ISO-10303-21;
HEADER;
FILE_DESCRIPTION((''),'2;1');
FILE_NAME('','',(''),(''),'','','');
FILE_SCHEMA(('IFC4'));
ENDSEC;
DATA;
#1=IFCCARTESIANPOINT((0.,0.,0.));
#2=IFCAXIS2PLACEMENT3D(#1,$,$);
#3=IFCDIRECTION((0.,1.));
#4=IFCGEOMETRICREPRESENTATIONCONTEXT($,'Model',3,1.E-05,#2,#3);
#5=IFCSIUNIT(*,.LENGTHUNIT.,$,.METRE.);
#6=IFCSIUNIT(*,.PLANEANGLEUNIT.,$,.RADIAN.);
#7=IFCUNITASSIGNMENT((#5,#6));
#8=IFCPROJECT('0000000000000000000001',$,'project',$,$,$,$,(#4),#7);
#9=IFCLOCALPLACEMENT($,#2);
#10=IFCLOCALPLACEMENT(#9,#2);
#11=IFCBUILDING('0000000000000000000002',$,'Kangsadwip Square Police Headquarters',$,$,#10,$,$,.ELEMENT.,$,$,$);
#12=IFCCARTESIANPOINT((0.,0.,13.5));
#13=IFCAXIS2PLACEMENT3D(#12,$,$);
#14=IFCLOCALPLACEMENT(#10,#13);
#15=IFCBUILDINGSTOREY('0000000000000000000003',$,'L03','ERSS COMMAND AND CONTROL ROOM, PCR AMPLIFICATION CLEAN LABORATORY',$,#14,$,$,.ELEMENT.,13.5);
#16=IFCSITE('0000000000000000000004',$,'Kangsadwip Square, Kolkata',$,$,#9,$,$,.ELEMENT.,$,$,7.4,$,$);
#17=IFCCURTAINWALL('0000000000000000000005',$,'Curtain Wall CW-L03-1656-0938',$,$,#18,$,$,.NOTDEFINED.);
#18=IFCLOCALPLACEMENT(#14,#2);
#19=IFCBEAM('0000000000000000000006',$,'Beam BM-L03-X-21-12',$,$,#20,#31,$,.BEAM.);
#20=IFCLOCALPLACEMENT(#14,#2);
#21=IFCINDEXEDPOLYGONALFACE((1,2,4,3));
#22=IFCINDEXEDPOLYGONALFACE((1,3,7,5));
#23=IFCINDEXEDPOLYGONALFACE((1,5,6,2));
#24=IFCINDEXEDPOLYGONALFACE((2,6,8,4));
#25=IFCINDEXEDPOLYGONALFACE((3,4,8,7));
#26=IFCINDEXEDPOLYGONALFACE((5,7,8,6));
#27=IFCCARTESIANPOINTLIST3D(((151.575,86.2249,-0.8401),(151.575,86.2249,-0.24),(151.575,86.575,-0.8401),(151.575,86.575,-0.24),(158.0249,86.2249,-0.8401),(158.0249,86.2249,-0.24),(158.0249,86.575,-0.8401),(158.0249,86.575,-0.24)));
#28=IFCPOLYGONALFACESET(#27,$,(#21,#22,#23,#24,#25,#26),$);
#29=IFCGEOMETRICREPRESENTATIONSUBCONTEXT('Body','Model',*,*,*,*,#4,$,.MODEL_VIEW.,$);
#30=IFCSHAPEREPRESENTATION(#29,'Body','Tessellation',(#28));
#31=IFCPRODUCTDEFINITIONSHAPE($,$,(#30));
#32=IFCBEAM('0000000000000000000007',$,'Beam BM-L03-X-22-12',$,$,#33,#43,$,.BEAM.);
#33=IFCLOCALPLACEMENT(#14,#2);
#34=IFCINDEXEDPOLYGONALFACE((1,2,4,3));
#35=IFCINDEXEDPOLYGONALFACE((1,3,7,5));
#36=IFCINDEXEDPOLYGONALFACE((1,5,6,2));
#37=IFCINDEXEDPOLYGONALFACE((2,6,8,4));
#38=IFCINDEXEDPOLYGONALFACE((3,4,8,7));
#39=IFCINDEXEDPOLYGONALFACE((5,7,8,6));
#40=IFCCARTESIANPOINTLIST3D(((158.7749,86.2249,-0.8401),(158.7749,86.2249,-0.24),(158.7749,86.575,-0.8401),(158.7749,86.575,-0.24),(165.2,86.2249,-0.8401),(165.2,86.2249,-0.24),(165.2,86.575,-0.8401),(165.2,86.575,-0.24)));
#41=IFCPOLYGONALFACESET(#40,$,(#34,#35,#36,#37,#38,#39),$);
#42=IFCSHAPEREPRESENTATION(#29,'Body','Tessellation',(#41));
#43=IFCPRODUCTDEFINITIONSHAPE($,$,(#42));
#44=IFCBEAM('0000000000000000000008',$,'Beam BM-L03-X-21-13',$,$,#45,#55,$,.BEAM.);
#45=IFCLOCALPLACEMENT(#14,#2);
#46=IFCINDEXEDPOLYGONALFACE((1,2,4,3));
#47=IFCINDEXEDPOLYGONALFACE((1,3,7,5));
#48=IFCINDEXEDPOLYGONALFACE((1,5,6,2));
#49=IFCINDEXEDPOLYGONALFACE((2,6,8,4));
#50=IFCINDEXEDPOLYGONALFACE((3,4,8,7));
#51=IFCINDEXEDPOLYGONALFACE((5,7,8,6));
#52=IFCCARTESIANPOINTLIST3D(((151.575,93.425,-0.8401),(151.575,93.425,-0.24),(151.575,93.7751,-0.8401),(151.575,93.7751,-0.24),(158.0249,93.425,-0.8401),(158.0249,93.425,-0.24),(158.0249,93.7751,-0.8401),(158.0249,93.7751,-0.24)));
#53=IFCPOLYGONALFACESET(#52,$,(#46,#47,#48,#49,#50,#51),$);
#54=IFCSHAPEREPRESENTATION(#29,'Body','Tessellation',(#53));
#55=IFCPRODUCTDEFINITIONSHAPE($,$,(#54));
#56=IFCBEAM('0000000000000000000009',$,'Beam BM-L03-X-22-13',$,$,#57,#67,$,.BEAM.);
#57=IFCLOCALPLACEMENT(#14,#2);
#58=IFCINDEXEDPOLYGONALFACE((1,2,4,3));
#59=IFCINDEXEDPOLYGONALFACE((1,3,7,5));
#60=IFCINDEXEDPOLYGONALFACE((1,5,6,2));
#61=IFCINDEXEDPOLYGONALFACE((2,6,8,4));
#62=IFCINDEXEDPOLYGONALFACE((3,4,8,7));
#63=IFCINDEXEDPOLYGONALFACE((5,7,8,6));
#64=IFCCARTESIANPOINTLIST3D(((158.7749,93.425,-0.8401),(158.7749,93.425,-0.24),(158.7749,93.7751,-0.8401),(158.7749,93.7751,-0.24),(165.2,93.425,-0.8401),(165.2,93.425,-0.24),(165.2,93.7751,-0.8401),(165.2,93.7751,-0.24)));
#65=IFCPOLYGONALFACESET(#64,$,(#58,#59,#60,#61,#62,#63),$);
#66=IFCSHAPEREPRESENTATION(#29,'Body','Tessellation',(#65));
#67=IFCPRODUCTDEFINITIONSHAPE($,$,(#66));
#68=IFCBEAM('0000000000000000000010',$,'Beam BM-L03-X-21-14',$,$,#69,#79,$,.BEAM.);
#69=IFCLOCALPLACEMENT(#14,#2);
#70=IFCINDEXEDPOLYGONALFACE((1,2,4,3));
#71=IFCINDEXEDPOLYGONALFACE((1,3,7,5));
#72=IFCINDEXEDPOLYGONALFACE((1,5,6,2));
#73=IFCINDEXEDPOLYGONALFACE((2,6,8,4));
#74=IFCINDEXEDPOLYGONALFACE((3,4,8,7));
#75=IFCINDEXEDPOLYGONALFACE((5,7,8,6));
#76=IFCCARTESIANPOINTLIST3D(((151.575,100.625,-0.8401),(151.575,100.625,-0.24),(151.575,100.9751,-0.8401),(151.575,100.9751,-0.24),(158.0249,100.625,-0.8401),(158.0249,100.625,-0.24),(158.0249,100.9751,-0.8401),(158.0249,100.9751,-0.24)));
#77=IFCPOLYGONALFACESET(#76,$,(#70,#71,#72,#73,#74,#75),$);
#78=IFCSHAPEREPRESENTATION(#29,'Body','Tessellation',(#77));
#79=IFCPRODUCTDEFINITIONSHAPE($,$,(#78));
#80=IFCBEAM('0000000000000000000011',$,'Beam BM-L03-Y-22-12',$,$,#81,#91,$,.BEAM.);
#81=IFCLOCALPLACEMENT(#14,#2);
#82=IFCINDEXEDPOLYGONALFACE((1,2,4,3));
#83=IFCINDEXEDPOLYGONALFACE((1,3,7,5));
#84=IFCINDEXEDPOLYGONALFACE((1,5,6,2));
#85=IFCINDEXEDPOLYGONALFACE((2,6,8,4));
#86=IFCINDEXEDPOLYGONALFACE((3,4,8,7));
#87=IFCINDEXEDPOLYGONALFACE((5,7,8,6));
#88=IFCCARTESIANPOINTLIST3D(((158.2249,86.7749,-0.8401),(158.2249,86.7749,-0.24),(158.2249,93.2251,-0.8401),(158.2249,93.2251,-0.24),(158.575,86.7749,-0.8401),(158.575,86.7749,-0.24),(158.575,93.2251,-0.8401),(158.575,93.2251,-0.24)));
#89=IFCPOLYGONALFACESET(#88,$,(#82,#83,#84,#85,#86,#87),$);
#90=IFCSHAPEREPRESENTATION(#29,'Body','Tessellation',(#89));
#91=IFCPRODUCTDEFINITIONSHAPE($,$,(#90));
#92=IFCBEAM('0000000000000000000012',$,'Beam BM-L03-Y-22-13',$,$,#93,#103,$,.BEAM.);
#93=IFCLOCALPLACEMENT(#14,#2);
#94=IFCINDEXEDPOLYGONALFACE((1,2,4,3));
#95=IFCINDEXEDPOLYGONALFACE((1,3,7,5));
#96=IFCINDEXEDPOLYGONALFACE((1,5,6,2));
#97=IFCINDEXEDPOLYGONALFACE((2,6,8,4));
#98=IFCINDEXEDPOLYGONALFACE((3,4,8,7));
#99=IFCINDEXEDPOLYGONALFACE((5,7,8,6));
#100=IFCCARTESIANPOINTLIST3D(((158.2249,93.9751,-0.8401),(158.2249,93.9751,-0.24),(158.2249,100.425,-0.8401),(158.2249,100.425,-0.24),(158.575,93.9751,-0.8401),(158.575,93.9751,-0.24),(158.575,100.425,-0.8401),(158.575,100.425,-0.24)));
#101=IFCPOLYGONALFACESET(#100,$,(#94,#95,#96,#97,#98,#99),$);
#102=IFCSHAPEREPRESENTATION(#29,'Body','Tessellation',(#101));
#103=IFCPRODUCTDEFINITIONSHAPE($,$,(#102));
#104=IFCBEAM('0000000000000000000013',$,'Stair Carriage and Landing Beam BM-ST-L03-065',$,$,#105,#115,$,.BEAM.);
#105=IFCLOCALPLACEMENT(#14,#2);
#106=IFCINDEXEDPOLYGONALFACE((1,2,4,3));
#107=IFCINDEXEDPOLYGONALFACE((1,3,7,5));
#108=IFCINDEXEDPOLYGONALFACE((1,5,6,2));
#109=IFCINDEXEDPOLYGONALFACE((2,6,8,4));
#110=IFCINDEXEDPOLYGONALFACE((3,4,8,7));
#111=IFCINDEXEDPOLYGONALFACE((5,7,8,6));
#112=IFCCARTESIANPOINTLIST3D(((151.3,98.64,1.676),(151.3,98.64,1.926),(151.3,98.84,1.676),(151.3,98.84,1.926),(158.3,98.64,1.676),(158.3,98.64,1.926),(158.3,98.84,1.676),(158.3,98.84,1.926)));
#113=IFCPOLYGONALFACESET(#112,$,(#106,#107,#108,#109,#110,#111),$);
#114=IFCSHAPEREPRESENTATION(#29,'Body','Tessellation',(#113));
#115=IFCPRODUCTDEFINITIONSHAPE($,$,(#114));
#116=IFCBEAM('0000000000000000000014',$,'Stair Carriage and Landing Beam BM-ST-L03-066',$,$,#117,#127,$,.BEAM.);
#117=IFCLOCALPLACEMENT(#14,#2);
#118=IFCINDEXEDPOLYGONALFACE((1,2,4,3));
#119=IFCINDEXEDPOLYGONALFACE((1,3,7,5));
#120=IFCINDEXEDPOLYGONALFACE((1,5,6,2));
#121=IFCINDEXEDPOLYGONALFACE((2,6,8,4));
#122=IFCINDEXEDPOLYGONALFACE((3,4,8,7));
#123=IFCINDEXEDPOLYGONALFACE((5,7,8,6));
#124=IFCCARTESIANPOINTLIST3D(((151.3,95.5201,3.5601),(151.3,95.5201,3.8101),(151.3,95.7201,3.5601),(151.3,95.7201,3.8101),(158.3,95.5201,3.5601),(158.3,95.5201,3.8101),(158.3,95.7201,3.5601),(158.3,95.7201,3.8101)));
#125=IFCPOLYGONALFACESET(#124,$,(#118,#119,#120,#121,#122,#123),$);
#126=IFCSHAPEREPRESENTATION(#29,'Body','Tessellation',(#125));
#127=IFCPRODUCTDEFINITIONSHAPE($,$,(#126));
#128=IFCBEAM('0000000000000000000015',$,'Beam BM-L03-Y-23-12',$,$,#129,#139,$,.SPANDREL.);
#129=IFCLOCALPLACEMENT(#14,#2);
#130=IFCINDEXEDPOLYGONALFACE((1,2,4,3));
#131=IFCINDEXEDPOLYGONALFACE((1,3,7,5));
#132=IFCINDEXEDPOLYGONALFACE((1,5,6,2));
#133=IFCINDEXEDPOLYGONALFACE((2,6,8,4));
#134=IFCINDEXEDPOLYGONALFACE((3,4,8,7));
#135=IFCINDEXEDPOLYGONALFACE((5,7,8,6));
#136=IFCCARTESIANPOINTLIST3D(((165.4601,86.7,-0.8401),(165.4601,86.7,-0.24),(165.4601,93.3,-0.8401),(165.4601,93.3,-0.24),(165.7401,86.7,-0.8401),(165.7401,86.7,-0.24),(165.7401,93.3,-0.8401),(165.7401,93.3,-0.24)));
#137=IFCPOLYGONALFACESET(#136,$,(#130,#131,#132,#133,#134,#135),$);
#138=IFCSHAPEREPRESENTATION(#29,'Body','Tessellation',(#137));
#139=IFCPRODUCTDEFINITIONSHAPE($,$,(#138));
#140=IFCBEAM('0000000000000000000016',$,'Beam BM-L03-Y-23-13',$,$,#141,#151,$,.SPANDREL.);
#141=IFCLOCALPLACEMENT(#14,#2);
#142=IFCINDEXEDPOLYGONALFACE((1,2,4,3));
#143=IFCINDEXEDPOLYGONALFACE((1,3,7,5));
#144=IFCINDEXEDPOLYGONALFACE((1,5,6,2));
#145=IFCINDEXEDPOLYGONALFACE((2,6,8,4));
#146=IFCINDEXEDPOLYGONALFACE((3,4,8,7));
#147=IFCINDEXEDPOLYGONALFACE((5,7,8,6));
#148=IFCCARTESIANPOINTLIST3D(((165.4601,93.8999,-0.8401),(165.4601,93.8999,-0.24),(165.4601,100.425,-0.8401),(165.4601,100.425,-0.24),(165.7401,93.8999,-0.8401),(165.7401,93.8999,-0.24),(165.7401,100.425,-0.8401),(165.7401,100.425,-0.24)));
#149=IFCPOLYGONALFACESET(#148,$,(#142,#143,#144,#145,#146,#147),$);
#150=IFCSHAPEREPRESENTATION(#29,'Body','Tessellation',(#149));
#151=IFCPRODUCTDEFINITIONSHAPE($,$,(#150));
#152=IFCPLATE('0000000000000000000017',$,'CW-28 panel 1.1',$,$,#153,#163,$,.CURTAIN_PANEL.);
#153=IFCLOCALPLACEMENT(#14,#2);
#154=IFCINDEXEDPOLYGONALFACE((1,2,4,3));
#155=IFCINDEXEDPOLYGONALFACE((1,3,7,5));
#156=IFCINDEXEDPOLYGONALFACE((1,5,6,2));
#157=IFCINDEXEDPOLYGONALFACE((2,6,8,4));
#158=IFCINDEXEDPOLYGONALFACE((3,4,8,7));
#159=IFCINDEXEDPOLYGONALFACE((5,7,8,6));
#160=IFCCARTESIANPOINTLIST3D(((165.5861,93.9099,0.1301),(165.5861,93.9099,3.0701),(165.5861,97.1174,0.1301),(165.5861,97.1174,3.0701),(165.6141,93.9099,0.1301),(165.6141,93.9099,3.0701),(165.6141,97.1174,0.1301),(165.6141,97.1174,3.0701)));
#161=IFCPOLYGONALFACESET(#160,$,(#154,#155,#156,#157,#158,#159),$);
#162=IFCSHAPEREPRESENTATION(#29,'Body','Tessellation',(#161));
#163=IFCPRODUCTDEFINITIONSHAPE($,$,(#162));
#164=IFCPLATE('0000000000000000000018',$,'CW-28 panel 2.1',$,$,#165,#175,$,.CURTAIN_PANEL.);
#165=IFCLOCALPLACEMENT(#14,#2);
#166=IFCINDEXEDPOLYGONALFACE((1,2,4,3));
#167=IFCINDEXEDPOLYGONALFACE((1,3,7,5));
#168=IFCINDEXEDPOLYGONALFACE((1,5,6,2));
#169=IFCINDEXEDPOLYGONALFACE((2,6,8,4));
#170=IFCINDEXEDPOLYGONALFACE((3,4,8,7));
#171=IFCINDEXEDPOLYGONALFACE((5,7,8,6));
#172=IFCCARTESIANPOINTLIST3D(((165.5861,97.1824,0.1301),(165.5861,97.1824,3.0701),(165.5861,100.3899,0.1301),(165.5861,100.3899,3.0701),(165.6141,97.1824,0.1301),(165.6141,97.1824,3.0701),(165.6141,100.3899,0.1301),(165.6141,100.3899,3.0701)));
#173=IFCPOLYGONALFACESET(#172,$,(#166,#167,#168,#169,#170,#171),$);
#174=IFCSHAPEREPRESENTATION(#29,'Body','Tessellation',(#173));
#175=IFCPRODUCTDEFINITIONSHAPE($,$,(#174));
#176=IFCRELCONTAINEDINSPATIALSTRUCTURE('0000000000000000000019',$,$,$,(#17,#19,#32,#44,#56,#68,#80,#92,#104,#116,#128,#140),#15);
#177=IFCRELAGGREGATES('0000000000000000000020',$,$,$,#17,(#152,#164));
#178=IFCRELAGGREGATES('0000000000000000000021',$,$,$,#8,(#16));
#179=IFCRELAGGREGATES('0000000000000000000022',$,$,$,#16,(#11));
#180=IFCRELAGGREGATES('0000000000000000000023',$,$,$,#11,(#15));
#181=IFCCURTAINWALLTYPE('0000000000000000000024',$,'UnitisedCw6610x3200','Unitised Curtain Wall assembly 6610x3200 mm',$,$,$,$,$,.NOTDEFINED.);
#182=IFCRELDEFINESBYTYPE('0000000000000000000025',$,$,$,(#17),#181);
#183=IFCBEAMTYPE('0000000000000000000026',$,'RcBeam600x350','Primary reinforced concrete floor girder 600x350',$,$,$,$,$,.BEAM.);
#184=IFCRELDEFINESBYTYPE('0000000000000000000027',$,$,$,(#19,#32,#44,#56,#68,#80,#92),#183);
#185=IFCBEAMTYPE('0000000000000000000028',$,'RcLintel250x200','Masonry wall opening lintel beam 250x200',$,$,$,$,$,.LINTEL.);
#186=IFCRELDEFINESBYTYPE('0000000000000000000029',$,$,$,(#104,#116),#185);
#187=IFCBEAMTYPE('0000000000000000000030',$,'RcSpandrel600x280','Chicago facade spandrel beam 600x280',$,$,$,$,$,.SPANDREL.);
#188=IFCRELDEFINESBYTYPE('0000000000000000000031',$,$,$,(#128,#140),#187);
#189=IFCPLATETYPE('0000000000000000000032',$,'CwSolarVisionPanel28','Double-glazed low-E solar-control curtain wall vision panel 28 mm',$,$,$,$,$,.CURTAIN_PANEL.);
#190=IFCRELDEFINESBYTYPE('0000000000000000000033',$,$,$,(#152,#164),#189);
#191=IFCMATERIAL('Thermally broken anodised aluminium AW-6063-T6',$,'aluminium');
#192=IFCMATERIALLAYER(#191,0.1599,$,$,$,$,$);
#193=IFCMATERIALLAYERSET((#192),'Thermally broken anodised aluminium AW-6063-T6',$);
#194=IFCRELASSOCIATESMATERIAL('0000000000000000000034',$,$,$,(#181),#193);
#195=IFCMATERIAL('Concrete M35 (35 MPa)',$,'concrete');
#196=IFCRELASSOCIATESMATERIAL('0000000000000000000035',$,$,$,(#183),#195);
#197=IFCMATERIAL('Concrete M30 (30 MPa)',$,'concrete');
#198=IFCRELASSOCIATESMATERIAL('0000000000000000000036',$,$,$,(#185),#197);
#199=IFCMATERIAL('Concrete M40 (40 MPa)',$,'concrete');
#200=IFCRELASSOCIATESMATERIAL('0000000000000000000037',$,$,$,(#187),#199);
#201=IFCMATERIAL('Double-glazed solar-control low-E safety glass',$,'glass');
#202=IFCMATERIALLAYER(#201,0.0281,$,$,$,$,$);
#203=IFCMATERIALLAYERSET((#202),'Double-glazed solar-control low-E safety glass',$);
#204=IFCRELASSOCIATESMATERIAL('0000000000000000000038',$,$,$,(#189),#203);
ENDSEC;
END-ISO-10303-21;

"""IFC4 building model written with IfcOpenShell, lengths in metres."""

from ifc_helpers import new_model, si_unit, direction, frame, origin, origin_2d, place, context, subcontext, project, spatial, rectangle, extrude, material, layer, layer_set, material_profile, profile_set, type_object, element, aggregate, save


model = new_model("IFC4")

# Units and contexts
model_context = context("Model", 3, precision=1e-05, world=origin(), true_north=direction((0.0, 1.0)))
body_context = subcontext(model_context, "Body", "Model", "MODEL_VIEW")
ifc_project = project(units=[si_unit("LENGTHUNIT", "METRE"), si_unit("PLANEANGLEUNIT", "RADIAN")], contexts=[model_context])

# Site, building, storey
site_placement = place(None, origin())
site = spatial("IfcSite", under=ifc_project, at=site_placement, Name="Kangsadwip Square, Kolkata", CompositionType="ELEMENT", RefElevation=7.4)
building_placement = place(site_placement, origin())
building = spatial("IfcBuilding", under=site, at=building_placement, Name="Kangsadwip Square Police Headquarters", CompositionType="ELEMENT")
storey_placement = place(building_placement, frame((0.0, 0.0, 13.5)))
storey = spatial("IfcBuildingStorey", under=building, at=storey_placement, Name="L03", Description="ERSS COMMAND AND CONTROL ROOM, PCR AMPLIFICATION CLEAN LABORATORY", CompositionType="ELEMENT", Elevation=13.5)

# Curtain wall
ifc_material_1 = material(Name="Thermally broken anodised aluminium AW-6063-T6", Category="aluminium")
ifc_layer_1 = layer(ifc_material_1, 0.1599)
ifc_layer_set_1 = layer_set([ifc_layer_1], Name="Thermally broken anodised aluminium AW-6063-T6")
curtain_wall_type = type_object("IfcCurtainWallType", Name="UnitisedCw6610x3200", Description="Unitised Curtain Wall assembly 6610x3200 mm", PredefinedType="NOTDEFINED", material=ifc_layer_set_1)
curtain_wall_placement = place(storey_placement, origin())
curtain_wall = element("IfcCurtainWall", 1, at=curtain_wall_placement, inside=storey, type_object=curtain_wall_type, Name="Curtain Wall CW-L03-1656-0938", PredefinedType="NOTDEFINED")

# Beams
ifc_material_2 = material(Name="Concrete M35 (35 MPa)", Category="concrete")
ifc_material_profile_1 = material_profile(ifc_material_2, rectangle(XDim=0.3501, YDim=0.6001, at=origin_2d()), Name="RC BM 600X350")
ifc_profile_set_1 = profile_set([ifc_material_profile_1], Name="Concrete M35 (35 MPa)")
beam_type_1 = type_object("IfcBeamType", Name="RcBeam600x350", Description="Primary reinforced concrete floor girder 600x350", PredefinedType="BEAM", material=ifc_profile_set_1)
beam_1_placement = place(storey_placement, frame((151.575, 86.3999, -0.54), z_axis=(1.0, 0.0, 0.0), x_axis=(0.0, 1.0, 0.0)))
element("IfcBeam", 2, at=beam_1_placement, inside=storey, type_object=beam_type_1, Name="Beam BM-L03-X-21-12", PredefinedType="BEAM", context=body_context, shape_type="SweptSolid", body=[
    extrude(rectangle(XDim=0.3501, YDim=0.6001, at=origin_2d()), origin(), (0.0, 0.0, 1.0), 6.45),
])
beam_2_placement = place(storey_placement, frame((158.7749, 86.3999, -0.54), z_axis=(1.0, 0.0, 0.0), x_axis=(0.0, 1.0, 0.0)))
element("IfcBeam", 3, at=beam_2_placement, inside=storey, type_object=beam_type_1, Name="Beam BM-L03-X-22-12", PredefinedType="BEAM", context=body_context, shape_type="SweptSolid", body=[
    extrude(rectangle(XDim=0.3501, YDim=0.6001, at=origin_2d()), origin(), (0.0, 0.0, 1.0), 6.425),
])
beam_3_placement = place(storey_placement, frame((151.575, 93.6001, -0.54), z_axis=(1.0, 0.0, 0.0), x_axis=(0.0, 1.0, 0.0)))
element("IfcBeam", 4, at=beam_3_placement, inside=storey, type_object=beam_type_1, Name="Beam BM-L03-X-21-13", PredefinedType="BEAM", context=body_context, shape_type="SweptSolid", body=[
    extrude(rectangle(XDim=0.3501, YDim=0.6001, at=origin_2d()), origin(), (0.0, 0.0, 1.0), 6.45),
])
beam_4_placement = place(storey_placement, frame((158.7749, 93.6001, -0.54), z_axis=(1.0, 0.0, 0.0), x_axis=(0.0, 1.0, 0.0)))
element("IfcBeam", 5, at=beam_4_placement, inside=storey, type_object=beam_type_1, Name="Beam BM-L03-X-22-13", PredefinedType="BEAM", context=body_context, shape_type="SweptSolid", body=[
    extrude(rectangle(XDim=0.3501, YDim=0.6001, at=origin_2d()), origin(), (0.0, 0.0, 1.0), 6.425),
])
beam_5_placement = place(storey_placement, frame((151.575, 100.8, -0.54), z_axis=(1.0, 0.0, 0.0), x_axis=(0.0, 1.0, 0.0)))
element("IfcBeam", 6, at=beam_5_placement, inside=storey, type_object=beam_type_1, Name="Beam BM-L03-X-21-14", PredefinedType="BEAM", context=body_context, shape_type="SweptSolid", body=[
    extrude(rectangle(XDim=0.3501, YDim=0.6001, at=origin_2d()), origin(), (0.0, 0.0, 1.0), 6.45),
])
beam_6_placement = place(storey_placement, frame((158.3999, 86.7749, -0.54), z_axis=(0.0, 1.0, 0.0), x_axis=(-1.0, 0.0, 0.0)))
element("IfcBeam", 7, at=beam_6_placement, inside=storey, type_object=beam_type_1, Name="Beam BM-L03-Y-22-12", PredefinedType="BEAM", context=body_context, shape_type="SweptSolid", body=[
    extrude(rectangle(XDim=0.3501, YDim=0.6001, at=origin_2d()), origin(), (0.0, 0.0, 1.0), 6.4502),
])
beam_7_placement = place(storey_placement, frame((158.3999, 93.9751, -0.54), z_axis=(0.0, 1.0, 0.0), x_axis=(-1.0, 0.0, 0.0)))
element("IfcBeam", 8, at=beam_7_placement, inside=storey, type_object=beam_type_1, Name="Beam BM-L03-Y-22-13", PredefinedType="BEAM", context=body_context, shape_type="SweptSolid", body=[
    extrude(rectangle(XDim=0.3501, YDim=0.6001, at=origin_2d()), origin(), (0.0, 0.0, 1.0), 6.45),
])
ifc_material_3 = material(Name="Concrete M30 (30 MPa)", Category="concrete")
ifc_material_profile_2 = material_profile(ifc_material_3, rectangle(XDim=0.2, YDim=0.25, at=origin_2d()), Name="RC LNT 250X200")
ifc_profile_set_2 = profile_set([ifc_material_profile_2], Name="Concrete M30 (30 MPa)")
beam_type_2 = type_object("IfcBeamType", Name="RcLintel250x200", Description="Masonry wall opening lintel beam 250x200", PredefinedType="LINTEL", material=ifc_profile_set_2)
for number, where, z_axis, x_axis, name in (
    (9, (151.3, 98.74, 1.801), (1.0, 0.0, 0.0), (0.0, 1.0, 0.0), "Stair Carriage and Landing Beam BM-ST-L03-065"),
    (10, (151.3, 95.6201, 3.6851), (1.0, 0.0, 0.0), (0.0, 1.0, 0.0), "Stair Carriage and Landing Beam BM-ST-L03-066"),
):
    element("IfcBeam", number, at=place(storey_placement, frame(where, z_axis=z_axis, x_axis=x_axis)), inside=storey, type_object=beam_type_2, Name=name, PredefinedType="BEAM", context=body_context, shape_type="SweptSolid", body=[
        extrude(rectangle(XDim=0.2, YDim=0.25, at=origin_2d()), origin(), (0.0, 0.0, 1.0), 7.0),
    ])
ifc_material_4 = material(Name="Concrete M40 (40 MPa)", Category="concrete")
ifc_material_profile_3 = material_profile(ifc_material_4, rectangle(XDim=0.28, YDim=0.6001, at=origin_2d()), Name="RC SPN 600X280")
ifc_profile_set_3 = profile_set([ifc_material_profile_3], Name="Concrete M40 (40 MPa)")
beam_type_3 = type_object("IfcBeamType", Name="RcSpandrel600x280", Description="Chicago facade spandrel beam 600x280", PredefinedType="SPANDREL", material=ifc_profile_set_3)
beam_8_placement = place(storey_placement, frame((165.6001, 86.7, -0.54), z_axis=(0.0, 1.0, 0.0), x_axis=(-1.0, 0.0, 0.0)))
element("IfcBeam", 11, at=beam_8_placement, inside=storey, type_object=beam_type_3, Name="Beam BM-L03-Y-23-12", PredefinedType="SPANDREL", context=body_context, shape_type="SweptSolid", body=[
    extrude(rectangle(XDim=0.28, YDim=0.6001, at=origin_2d()), origin(), (0.0, 0.0, 1.0), 6.6001),
])
beam_9_placement = place(storey_placement, frame((165.6001, 93.8999, -0.54), z_axis=(0.0, 1.0, 0.0), x_axis=(-1.0, 0.0, 0.0)))
element("IfcBeam", 12, at=beam_9_placement, inside=storey, type_object=beam_type_3, Name="Beam BM-L03-Y-23-13", PredefinedType="SPANDREL", context=body_context, shape_type="SweptSolid", body=[
    extrude(rectangle(XDim=0.28, YDim=0.6001, at=origin_2d()), origin(), (0.0, 0.0, 1.0), 6.5251),
])

# Plates
ifc_material_5 = material(Name="Double-glazed solar-control low-E safety glass", Category="glass")
ifc_layer_2 = layer(ifc_material_5, 0.0281)
ifc_layer_set_2 = layer_set([ifc_layer_2], Name="Double-glazed solar-control low-E safety glass")
plate_type = type_object("IfcPlateType", Name="CwSolarVisionPanel28", Description="Double-glazed low-E solar-control curtain wall vision panel 28 mm", PredefinedType="CURTAIN_PANEL", material=ifc_layer_set_2)
plate_1_placement = place(storey_placement, frame((165.6001, 95.5137, 0.1301), z_axis=(0.0, 0.0, 1.0), x_axis=(0.0, 1.0, 0.0)))
plate_1 = element("IfcPlate", 13, at=plate_1_placement, type_object=plate_type, Name="CW-28 panel 1.1", PredefinedType="CURTAIN_PANEL", context=body_context, shape_type="SweptSolid", body=[
    extrude(rectangle(XDim=3.2075, YDim=0.0281, at=origin_2d()), origin(), (0.0, 0.0, 1.0), 2.9399),
])
plate_2_placement = place(storey_placement, frame((165.6001, 98.7861, 0.1301), z_axis=(0.0, 0.0, 1.0), x_axis=(0.0, 1.0, 0.0)))
plate_2 = element("IfcPlate", 14, at=plate_2_placement, type_object=plate_type, Name="CW-28 panel 2.1", PredefinedType="CURTAIN_PANEL", context=body_context, shape_type="SweptSolid", body=[
    extrude(rectangle(XDim=3.2075, YDim=0.0281, at=origin_2d()), origin(), (0.0, 0.0, 1.0), 2.9399),
])
aggregate(curtain_wall, [plate_1, plate_2])

save(model, "model.ifc")
